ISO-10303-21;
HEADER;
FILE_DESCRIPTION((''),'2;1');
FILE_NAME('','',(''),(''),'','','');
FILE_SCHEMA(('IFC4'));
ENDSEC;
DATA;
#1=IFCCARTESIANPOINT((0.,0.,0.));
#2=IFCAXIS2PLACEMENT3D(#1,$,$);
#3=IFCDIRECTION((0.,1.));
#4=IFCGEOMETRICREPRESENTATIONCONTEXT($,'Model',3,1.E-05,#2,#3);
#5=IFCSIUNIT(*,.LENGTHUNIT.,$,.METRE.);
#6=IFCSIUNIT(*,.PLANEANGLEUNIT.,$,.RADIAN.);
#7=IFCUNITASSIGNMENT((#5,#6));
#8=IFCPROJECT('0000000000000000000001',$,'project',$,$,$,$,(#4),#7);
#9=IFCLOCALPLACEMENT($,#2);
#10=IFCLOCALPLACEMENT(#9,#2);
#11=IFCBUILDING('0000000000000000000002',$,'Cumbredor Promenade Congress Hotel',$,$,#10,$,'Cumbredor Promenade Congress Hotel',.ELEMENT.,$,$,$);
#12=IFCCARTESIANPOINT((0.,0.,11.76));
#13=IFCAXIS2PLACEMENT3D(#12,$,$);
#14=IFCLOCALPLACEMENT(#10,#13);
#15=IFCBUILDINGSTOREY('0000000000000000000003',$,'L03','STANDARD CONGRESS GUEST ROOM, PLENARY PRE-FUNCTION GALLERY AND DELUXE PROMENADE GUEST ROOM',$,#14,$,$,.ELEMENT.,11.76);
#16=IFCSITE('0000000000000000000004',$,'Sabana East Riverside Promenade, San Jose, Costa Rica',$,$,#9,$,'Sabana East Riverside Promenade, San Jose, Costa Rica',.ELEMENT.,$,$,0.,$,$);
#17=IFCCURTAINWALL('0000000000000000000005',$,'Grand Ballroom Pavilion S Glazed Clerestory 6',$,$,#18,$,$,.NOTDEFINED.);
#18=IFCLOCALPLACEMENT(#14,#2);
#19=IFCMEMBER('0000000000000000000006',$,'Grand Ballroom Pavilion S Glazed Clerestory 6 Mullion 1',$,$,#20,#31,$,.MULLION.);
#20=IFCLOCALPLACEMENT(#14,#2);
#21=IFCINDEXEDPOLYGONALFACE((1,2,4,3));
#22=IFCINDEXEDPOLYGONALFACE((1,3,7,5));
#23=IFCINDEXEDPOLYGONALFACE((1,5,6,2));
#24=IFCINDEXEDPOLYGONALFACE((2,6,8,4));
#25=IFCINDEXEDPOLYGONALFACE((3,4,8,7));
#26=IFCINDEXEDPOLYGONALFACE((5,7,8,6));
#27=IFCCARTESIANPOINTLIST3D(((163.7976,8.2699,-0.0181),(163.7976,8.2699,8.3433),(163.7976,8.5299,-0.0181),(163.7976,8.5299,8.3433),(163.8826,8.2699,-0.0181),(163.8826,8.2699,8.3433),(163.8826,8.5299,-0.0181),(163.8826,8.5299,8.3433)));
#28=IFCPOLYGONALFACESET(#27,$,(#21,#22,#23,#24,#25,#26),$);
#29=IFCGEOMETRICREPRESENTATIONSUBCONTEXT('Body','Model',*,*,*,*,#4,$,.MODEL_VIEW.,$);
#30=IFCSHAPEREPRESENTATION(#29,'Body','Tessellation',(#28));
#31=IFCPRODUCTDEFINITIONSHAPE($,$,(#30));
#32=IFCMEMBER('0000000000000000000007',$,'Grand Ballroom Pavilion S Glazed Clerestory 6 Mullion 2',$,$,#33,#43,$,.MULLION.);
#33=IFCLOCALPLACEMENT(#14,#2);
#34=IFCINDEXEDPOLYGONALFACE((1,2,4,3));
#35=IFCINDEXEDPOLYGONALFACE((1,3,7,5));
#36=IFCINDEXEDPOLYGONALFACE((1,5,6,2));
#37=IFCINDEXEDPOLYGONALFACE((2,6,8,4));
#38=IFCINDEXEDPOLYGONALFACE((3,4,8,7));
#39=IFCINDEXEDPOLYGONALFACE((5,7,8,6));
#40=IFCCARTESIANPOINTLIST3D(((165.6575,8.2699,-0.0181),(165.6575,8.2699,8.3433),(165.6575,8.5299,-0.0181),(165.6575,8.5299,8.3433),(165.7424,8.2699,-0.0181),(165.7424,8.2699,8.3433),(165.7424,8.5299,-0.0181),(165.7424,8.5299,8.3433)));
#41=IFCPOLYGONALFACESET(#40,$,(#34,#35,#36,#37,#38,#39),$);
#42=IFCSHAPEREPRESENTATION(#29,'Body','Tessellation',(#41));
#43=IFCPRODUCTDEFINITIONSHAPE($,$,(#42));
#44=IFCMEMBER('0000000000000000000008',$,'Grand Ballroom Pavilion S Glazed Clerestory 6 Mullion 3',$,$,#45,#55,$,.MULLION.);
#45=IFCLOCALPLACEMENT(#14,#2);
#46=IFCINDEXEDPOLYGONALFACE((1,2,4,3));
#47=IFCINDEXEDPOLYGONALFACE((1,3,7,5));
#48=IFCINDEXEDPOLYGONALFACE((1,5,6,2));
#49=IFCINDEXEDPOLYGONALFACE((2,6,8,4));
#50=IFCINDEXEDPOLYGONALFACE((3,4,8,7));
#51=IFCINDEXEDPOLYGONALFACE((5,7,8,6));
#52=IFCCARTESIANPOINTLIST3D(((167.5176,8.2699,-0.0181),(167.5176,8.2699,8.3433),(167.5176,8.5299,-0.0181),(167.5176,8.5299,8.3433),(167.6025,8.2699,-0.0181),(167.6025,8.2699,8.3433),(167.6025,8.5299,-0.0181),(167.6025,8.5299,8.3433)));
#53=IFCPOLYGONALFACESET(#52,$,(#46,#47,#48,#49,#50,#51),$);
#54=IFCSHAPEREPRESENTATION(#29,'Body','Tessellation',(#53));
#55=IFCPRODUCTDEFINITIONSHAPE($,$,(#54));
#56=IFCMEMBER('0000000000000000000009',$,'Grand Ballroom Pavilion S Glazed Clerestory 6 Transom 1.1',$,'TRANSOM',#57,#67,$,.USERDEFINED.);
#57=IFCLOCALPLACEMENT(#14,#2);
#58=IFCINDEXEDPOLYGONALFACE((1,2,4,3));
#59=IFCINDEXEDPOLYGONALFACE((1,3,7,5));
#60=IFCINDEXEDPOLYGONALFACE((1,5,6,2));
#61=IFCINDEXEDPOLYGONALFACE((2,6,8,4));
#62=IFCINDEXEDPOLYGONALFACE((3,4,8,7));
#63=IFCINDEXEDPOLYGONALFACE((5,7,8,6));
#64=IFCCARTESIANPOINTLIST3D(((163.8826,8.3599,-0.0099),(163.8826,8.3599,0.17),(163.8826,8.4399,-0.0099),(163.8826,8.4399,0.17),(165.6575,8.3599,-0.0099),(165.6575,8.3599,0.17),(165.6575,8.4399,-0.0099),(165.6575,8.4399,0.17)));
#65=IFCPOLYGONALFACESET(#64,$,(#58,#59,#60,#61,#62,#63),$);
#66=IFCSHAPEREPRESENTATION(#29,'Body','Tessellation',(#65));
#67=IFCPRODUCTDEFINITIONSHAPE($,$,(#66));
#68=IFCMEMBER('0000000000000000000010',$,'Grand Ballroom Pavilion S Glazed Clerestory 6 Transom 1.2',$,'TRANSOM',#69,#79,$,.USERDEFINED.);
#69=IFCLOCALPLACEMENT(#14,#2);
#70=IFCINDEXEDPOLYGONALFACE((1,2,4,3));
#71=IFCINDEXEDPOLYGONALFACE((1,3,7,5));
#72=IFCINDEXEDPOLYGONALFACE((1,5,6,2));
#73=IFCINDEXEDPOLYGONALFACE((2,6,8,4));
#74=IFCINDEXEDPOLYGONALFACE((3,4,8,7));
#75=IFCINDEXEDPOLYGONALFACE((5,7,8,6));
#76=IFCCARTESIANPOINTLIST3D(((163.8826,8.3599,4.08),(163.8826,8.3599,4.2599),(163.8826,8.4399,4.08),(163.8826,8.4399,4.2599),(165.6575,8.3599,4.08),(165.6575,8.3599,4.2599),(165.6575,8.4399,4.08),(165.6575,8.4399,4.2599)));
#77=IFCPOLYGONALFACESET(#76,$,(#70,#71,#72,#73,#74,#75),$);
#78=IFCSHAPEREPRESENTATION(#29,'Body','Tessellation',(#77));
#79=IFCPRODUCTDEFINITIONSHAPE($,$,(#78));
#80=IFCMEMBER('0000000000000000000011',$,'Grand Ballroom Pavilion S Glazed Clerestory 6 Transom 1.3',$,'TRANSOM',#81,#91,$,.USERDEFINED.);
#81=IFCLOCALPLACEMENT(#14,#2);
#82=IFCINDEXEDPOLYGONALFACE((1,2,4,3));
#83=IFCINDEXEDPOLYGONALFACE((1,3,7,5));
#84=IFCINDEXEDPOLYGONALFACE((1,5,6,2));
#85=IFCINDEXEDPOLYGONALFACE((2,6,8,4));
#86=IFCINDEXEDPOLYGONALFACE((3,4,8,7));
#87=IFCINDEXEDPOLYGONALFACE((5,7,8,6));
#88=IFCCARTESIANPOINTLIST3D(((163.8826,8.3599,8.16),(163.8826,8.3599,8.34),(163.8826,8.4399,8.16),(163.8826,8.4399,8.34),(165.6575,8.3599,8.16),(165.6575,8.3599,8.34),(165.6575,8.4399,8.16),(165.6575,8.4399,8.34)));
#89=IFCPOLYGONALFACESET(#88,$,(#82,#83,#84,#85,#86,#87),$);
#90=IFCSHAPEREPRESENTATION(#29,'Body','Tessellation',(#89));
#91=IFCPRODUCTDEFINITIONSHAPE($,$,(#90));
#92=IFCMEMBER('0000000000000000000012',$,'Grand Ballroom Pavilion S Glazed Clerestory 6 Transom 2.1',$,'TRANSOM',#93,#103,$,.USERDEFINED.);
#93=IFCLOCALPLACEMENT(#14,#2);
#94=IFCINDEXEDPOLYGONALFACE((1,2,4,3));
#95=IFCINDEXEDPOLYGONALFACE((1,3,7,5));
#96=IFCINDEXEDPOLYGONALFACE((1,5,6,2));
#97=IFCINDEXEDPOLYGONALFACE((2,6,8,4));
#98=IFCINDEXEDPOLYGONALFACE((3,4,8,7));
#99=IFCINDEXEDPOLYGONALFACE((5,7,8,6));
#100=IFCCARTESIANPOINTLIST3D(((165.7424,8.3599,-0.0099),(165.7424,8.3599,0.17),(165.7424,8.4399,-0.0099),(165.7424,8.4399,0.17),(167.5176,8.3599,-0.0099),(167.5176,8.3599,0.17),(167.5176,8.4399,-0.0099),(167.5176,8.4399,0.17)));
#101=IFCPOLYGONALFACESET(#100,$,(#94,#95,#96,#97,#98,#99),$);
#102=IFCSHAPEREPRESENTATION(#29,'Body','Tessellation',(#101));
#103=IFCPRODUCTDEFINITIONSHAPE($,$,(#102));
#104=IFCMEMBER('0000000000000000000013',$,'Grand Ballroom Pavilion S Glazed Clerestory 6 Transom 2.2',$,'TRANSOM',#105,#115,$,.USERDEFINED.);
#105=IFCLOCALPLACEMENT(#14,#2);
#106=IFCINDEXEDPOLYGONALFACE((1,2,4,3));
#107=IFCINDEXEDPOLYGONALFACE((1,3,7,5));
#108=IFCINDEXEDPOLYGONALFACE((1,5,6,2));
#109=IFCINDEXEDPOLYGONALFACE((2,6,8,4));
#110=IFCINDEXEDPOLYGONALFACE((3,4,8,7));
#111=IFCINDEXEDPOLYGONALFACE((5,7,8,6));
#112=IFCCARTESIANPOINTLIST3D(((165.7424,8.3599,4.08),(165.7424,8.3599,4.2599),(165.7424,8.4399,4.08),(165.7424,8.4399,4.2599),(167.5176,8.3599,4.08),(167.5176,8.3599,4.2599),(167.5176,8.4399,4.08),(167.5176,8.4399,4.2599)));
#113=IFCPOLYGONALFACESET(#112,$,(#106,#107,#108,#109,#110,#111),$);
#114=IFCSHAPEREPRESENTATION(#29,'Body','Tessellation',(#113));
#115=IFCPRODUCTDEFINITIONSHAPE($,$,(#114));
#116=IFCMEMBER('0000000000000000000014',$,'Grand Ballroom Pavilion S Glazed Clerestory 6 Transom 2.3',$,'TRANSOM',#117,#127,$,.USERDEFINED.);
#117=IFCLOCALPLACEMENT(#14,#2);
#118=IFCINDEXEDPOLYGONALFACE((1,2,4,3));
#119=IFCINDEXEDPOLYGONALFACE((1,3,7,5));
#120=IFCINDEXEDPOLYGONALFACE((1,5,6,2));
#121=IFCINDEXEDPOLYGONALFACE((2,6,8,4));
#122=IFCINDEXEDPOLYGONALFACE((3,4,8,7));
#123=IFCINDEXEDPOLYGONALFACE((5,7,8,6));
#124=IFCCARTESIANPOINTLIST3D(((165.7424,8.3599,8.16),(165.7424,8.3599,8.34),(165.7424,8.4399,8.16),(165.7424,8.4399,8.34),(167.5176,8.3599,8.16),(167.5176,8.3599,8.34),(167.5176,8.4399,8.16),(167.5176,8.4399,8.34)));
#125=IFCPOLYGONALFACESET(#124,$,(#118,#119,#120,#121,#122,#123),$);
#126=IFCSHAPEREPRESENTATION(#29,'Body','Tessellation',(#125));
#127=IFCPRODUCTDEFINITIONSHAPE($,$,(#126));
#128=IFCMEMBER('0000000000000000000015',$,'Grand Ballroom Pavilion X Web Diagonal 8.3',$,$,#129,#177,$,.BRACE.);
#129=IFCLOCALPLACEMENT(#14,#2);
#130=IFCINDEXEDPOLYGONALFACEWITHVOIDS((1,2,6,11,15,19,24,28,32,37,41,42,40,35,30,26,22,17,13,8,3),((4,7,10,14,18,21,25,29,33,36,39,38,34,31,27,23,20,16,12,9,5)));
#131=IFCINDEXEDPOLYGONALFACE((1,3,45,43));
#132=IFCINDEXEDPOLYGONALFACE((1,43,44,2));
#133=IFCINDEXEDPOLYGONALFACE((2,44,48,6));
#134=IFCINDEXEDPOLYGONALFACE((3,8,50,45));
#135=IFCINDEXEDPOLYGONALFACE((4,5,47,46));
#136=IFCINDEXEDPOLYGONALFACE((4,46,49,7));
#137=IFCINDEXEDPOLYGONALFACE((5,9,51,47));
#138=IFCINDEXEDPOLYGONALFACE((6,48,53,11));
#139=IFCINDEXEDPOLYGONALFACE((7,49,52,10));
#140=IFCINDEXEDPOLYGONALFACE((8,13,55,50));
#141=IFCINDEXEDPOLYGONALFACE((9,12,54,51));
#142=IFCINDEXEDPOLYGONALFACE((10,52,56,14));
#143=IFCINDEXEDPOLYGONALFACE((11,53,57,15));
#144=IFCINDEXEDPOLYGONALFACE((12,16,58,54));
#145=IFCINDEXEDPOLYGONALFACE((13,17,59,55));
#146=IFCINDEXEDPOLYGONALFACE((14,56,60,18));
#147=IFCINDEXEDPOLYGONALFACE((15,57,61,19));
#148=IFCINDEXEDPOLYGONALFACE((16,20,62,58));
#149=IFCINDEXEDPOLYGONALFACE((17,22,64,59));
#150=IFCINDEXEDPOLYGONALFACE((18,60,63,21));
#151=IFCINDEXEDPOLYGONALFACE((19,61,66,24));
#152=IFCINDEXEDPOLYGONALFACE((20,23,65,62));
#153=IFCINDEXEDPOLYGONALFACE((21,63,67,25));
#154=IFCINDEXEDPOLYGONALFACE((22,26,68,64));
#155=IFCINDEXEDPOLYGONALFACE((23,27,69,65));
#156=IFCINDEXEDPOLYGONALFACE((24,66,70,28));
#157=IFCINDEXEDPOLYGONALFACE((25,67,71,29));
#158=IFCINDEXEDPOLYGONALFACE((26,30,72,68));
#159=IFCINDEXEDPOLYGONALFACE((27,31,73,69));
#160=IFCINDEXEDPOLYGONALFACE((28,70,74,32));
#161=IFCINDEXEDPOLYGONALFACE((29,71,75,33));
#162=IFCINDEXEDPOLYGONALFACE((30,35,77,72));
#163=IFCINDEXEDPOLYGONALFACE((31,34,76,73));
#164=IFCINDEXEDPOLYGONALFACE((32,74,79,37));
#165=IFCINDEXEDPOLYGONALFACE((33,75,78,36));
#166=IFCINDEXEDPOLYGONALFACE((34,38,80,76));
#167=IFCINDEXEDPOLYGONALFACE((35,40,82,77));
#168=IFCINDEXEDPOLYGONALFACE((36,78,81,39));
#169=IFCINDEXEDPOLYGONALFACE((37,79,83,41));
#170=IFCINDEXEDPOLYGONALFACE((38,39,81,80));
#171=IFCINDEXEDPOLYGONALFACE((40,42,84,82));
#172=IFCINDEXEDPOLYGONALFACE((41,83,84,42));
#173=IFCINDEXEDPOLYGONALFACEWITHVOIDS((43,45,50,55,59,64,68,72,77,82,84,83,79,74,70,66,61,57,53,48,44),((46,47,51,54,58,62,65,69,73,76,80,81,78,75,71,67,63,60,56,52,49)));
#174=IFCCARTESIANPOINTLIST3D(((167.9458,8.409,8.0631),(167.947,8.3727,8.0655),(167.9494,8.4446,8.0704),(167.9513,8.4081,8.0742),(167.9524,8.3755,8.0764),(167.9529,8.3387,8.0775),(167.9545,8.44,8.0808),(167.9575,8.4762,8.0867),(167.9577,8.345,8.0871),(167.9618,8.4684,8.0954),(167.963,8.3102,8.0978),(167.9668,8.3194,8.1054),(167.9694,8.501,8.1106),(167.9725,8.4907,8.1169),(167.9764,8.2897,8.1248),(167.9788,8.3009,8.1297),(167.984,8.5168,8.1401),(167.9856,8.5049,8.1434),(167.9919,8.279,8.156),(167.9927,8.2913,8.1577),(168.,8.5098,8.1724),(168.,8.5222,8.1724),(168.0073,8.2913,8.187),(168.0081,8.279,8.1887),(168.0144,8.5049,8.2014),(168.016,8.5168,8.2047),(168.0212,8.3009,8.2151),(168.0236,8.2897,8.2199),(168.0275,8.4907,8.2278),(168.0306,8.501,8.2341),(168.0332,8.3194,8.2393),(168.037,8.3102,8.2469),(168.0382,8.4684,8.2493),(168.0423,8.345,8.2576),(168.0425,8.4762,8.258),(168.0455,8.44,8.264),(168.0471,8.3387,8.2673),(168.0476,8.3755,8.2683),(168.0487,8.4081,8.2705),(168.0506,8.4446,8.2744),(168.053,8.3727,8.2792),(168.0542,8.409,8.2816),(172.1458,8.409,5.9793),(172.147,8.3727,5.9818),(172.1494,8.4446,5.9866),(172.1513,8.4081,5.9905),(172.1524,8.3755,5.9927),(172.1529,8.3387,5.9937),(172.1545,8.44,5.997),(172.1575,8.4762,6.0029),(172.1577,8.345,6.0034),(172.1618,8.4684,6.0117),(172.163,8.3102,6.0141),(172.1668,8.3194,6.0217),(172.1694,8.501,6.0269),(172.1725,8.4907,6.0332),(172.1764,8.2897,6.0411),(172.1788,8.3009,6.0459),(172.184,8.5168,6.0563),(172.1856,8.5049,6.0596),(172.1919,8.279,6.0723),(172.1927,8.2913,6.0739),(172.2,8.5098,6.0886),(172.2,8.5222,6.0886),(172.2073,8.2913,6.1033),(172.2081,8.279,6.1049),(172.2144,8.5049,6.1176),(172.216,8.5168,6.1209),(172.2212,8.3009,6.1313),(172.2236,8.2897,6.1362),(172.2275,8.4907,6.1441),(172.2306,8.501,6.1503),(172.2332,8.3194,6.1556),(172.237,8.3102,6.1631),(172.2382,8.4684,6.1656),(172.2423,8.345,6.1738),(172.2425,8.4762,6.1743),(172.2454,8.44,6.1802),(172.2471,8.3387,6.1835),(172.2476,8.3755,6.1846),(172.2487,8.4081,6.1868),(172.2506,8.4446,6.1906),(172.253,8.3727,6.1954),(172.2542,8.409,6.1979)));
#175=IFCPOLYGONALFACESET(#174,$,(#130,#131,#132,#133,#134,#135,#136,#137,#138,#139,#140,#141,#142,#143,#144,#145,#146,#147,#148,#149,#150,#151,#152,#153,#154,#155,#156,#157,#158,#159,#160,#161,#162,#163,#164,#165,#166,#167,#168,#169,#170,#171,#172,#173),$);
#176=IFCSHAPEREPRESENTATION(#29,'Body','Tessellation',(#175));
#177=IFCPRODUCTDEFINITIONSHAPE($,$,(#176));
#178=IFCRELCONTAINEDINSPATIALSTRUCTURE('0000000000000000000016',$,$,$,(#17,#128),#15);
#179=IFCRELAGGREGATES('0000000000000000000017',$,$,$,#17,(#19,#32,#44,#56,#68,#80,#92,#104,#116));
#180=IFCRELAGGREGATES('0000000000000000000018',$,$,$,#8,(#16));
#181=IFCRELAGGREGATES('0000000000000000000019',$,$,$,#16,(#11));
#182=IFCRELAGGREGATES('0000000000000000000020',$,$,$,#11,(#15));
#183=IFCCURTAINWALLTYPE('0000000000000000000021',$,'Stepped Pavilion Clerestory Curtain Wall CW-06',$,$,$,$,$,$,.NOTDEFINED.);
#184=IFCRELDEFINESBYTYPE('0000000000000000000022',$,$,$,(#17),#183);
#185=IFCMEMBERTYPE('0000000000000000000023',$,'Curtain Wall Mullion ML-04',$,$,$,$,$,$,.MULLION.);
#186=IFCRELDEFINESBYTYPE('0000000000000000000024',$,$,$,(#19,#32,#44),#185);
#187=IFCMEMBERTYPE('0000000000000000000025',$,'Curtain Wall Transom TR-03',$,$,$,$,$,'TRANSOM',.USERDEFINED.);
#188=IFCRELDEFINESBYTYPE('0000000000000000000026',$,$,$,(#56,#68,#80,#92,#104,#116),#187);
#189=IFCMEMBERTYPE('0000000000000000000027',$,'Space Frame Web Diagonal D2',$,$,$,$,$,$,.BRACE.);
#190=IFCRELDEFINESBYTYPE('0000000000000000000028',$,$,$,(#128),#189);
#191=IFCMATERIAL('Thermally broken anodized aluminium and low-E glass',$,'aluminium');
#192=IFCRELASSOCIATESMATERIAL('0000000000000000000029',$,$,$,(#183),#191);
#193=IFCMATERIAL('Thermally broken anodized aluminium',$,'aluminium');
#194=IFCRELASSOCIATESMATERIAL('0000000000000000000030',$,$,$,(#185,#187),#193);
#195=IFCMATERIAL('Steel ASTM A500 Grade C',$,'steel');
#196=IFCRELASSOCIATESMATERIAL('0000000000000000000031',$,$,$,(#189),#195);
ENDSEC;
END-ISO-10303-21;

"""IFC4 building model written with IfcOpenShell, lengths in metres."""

from ifc_helpers import new_model, si_unit, direction, frame, origin, origin_2d, place, context, subcontext, project, spatial, rectangle, hollow_circle, extrude, material, material_profile, profile_set, type_object, element, aggregate, save


model = new_model("IFC4")

# Units and contexts
model_context = context("Model", 3, precision=1e-05, world=origin(), true_north=direction((0.0, 1.0)))
body_context = subcontext(model_context, "Body", "Model", "MODEL_VIEW")
ifc_project = project(units=[si_unit("LENGTHUNIT", "METRE"), si_unit("PLANEANGLEUNIT", "RADIAN")], contexts=[model_context])

# Site, building, storey
site_placement = place(None, origin())
site = spatial("IfcSite", under=ifc_project, at=site_placement, Name="Sabana East Riverside Promenade, San Jose, Costa Rica", LongName="Sabana East Riverside Promenade, San Jose, Costa Rica", CompositionType="ELEMENT", RefElevation=0.0)
building_placement = place(site_placement, origin())
building = spatial("IfcBuilding", under=site, at=building_placement, Name="Cumbredor Promenade Congress Hotel", LongName="Cumbredor Promenade Congress Hotel", CompositionType="ELEMENT")
storey_placement = place(building_placement, frame((0.0, 0.0, 11.76)))
storey = spatial("IfcBuildingStorey", under=building, at=storey_placement, Name="L03", Description="STANDARD CONGRESS GUEST ROOM, PLENARY PRE-FUNCTION GALLERY AND DELUXE PROMENADE GUEST ROOM", CompositionType="ELEMENT", Elevation=11.76)

# Shared definitions
ifc_material_1 = material(Name="Steel ASTM A500 Grade C", Category="steel")

# Curtain wall, members
ifc_material_2 = material(Name="Thermally broken anodized aluminium and low-E glass", Category="aluminium")
curtain_wall_type = type_object("IfcCurtainWallType", Name="Stepped Pavilion Clerestory Curtain Wall CW-06", PredefinedType="NOTDEFINED", material=ifc_material_2)
curtain_wall_placement = place(storey_placement, origin())
curtain_wall = element("IfcCurtainWall", 1, at=curtain_wall_placement, inside=storey, type_object=curtain_wall_type, Name="Grand Ballroom Pavilion S Glazed Clerestory 6", PredefinedType="NOTDEFINED")
ifc_material_3 = material(Name="Thermally broken anodized aluminium", Category="aluminium")
ifc_material_profile_1 = material_profile(ifc_material_3, rectangle(XDim=0.085, YDim=0.26, at=origin_2d()), Name="ALU MULLION CLERESTORY 85x260")
ifc_profile_set_1 = profile_set([ifc_material_profile_1], Name="Thermally broken anodized aluminium")
member_type_1 = type_object("IfcMemberType", Name="Curtain Wall Mullion ML-04", PredefinedType="MULLION", material=ifc_profile_set_1)
member_1_placement = place(storey_placement, frame((163.8401, 8.3999, -0.0181), z_axis=(0.0, 0.0, 1.0), x_axis=(1.0, 0.0, 0.0)))
member_1 = element("IfcMember", 2, at=member_1_placement, type_object=member_type_1, Name="Grand Ballroom Pavilion S Glazed Clerestory 6 Mullion 1", PredefinedType="MULLION", context=body_context, shape_type="SweptSolid", body=[
    extrude(rectangle(XDim=0.085, YDim=0.26, at=origin_2d()), origin(), (0.0, 0.0, 1.0), 8.3613),
])
member_2_placement = place(storey_placement, frame((165.7, 8.3999, -0.0181), z_axis=(0.0, 0.0, 1.0), x_axis=(1.0, 0.0, 0.0)))
member_2 = element("IfcMember", 3, at=member_2_placement, type_object=member_type_1, Name="Grand Ballroom Pavilion S Glazed Clerestory 6 Mullion 2", PredefinedType="MULLION", context=body_context, shape_type="SweptSolid", body=[
    extrude(rectangle(XDim=0.085, YDim=0.26, at=origin_2d()), origin(), (0.0, 0.0, 1.0), 8.3613),
])
member_3_placement = place(storey_placement, frame((167.5601, 8.3999, -0.0181), z_axis=(0.0, 0.0, 1.0), x_axis=(1.0, 0.0, 0.0)))
member_3 = element("IfcMember", 4, at=member_3_placement, type_object=member_type_1, Name="Grand Ballroom Pavilion S Glazed Clerestory 6 Mullion 3", PredefinedType="MULLION", context=body_context, shape_type="SweptSolid", body=[
    extrude(rectangle(XDim=0.085, YDim=0.26, at=origin_2d()), origin(), (0.0, 0.0, 1.0), 8.3613),
])
ifc_material_profile_2 = material_profile(ifc_material_3, rectangle(XDim=0.0801, YDim=0.1799, at=origin_2d()), Name="ALU TRANSOM 80x180")
ifc_profile_set_2 = profile_set([ifc_material_profile_2], Name="Thermally broken anodized aluminium")
member_type_2 = type_object("IfcMemberType", Name="Curtain Wall Transom TR-03", ElementType="TRANSOM", PredefinedType="USERDEFINED", material=ifc_profile_set_2)
member_4_placement = place(storey_placement, frame((163.8826, 8.3999, 0.0801), z_axis=(1.0, 0.0, 0.0), x_axis=(0.0, 1.0, 0.0)))
member_4 = element("IfcMember", 5, at=member_4_placement, type_object=member_type_2, Name="Grand Ballroom Pavilion S Glazed Clerestory 6 Transom 1.1", ObjectType="TRANSOM", PredefinedType="USERDEFINED", context=body_context, shape_type="SweptSolid", body=[
    extrude(rectangle(XDim=0.0801, YDim=0.1799, at=origin_2d()), origin(), (0.0, 0.0, 1.0), 1.7749),
])
member_5_placement = place(storey_placement, frame((163.8826, 8.3999, 4.1699), z_axis=(1.0, 0.0, 0.0), x_axis=(0.0, 1.0, 0.0)))
member_5 = element("IfcMember", 6, at=member_5_placement, type_object=member_type_2, Name="Grand Ballroom Pavilion S Glazed Clerestory 6 Transom 1.2", ObjectType="TRANSOM", PredefinedType="USERDEFINED", context=body_context, shape_type="SweptSolid", body=[
    extrude(rectangle(XDim=0.0801, YDim=0.1799, at=origin_2d()), origin(), (0.0, 0.0, 1.0), 1.7749),
])
member_6_placement = place(storey_placement, frame((163.8826, 8.3999, 8.25), z_axis=(1.0, 0.0, 0.0), x_axis=(0.0, 1.0, 0.0)))
member_6 = element("IfcMember", 7, at=member_6_placement, type_object=member_type_2, Name="Grand Ballroom Pavilion S Glazed Clerestory 6 Transom 1.3", ObjectType="TRANSOM", PredefinedType="USERDEFINED", context=body_context, shape_type="SweptSolid", body=[
    extrude(rectangle(XDim=0.0801, YDim=0.1799, at=origin_2d()), origin(), (0.0, 0.0, 1.0), 1.7749),
])
member_7_placement = place(storey_placement, frame((165.7424, 8.3999, 0.0801), z_axis=(1.0, 0.0, 0.0), x_axis=(0.0, 1.0, 0.0)))
member_7 = element("IfcMember", 8, at=member_7_placement, type_object=member_type_2, Name="Grand Ballroom Pavilion S Glazed Clerestory 6 Transom 2.1", ObjectType="TRANSOM", PredefinedType="USERDEFINED", context=body_context, shape_type="SweptSolid", body=[
    extrude(rectangle(XDim=0.0801, YDim=0.1799, at=origin_2d()), origin(), (0.0, 0.0, 1.0), 1.7751),
])
member_8_placement = place(storey_placement, frame((165.7424, 8.3999, 4.1699), z_axis=(1.0, 0.0, 0.0), x_axis=(0.0, 1.0, 0.0)))
member_8 = element("IfcMember", 9, at=member_8_placement, type_object=member_type_2, Name="Grand Ballroom Pavilion S Glazed Clerestory 6 Transom 2.2", ObjectType="TRANSOM", PredefinedType="USERDEFINED", context=body_context, shape_type="SweptSolid", body=[
    extrude(rectangle(XDim=0.0801, YDim=0.1799, at=origin_2d()), origin(), (0.0, 0.0, 1.0), 1.7751),
])
member_9_placement = place(storey_placement, frame((165.7424, 8.3999, 8.25), z_axis=(1.0, 0.0, 0.0), x_axis=(0.0, 1.0, 0.0)))
member_9 = element("IfcMember", 10, at=member_9_placement, type_object=member_type_2, Name="Grand Ballroom Pavilion S Glazed Clerestory 6 Transom 2.3", ObjectType="TRANSOM", PredefinedType="USERDEFINED", context=body_context, shape_type="SweptSolid", body=[
    extrude(rectangle(XDim=0.0801, YDim=0.1799, at=origin_2d()), origin(), (0.0, 0.0, 1.0), 1.7751),
])

# Member
ifc_material_profile_3 = material_profile(ifc_material_1, hollow_circle(Radius=0.1223, WallThickness=0.0125, at=origin_2d()), Name="CHS 244.5x12.5")
ifc_profile_set_3 = profile_set([ifc_material_profile_3], Name="Steel ASTM A500 Grade C")
member_type_3 = type_object("IfcMemberType", Name="Space Frame Web Diagonal D2", PredefinedType="BRACE", material=ifc_profile_set_3)
member_10_placement = place(storey_placement, frame((168.0, 8.3999, 8.1724), z_axis=(0.895808, 0.0, -0.444441), x_axis=(0.0, 1.0, 0.0)))
element("IfcMember", 11, at=member_10_placement, inside=storey, type_object=member_type_3, Name="Grand Ballroom Pavilion X Web Diagonal 8.3", PredefinedType="BRACE", context=body_context, shape_type="SweptSolid", body=[
    extrude(hollow_circle(Radius=0.1223, WallThickness=0.0125, at=origin_2d()), origin(), (0.0, 0.0, 1.0), 4.6885),
])

aggregate(curtain_wall, [member_1, member_2, member_3, member_4, member_5, member_6, member_7, member_8, member_9])

save(model, "model.ifc")
